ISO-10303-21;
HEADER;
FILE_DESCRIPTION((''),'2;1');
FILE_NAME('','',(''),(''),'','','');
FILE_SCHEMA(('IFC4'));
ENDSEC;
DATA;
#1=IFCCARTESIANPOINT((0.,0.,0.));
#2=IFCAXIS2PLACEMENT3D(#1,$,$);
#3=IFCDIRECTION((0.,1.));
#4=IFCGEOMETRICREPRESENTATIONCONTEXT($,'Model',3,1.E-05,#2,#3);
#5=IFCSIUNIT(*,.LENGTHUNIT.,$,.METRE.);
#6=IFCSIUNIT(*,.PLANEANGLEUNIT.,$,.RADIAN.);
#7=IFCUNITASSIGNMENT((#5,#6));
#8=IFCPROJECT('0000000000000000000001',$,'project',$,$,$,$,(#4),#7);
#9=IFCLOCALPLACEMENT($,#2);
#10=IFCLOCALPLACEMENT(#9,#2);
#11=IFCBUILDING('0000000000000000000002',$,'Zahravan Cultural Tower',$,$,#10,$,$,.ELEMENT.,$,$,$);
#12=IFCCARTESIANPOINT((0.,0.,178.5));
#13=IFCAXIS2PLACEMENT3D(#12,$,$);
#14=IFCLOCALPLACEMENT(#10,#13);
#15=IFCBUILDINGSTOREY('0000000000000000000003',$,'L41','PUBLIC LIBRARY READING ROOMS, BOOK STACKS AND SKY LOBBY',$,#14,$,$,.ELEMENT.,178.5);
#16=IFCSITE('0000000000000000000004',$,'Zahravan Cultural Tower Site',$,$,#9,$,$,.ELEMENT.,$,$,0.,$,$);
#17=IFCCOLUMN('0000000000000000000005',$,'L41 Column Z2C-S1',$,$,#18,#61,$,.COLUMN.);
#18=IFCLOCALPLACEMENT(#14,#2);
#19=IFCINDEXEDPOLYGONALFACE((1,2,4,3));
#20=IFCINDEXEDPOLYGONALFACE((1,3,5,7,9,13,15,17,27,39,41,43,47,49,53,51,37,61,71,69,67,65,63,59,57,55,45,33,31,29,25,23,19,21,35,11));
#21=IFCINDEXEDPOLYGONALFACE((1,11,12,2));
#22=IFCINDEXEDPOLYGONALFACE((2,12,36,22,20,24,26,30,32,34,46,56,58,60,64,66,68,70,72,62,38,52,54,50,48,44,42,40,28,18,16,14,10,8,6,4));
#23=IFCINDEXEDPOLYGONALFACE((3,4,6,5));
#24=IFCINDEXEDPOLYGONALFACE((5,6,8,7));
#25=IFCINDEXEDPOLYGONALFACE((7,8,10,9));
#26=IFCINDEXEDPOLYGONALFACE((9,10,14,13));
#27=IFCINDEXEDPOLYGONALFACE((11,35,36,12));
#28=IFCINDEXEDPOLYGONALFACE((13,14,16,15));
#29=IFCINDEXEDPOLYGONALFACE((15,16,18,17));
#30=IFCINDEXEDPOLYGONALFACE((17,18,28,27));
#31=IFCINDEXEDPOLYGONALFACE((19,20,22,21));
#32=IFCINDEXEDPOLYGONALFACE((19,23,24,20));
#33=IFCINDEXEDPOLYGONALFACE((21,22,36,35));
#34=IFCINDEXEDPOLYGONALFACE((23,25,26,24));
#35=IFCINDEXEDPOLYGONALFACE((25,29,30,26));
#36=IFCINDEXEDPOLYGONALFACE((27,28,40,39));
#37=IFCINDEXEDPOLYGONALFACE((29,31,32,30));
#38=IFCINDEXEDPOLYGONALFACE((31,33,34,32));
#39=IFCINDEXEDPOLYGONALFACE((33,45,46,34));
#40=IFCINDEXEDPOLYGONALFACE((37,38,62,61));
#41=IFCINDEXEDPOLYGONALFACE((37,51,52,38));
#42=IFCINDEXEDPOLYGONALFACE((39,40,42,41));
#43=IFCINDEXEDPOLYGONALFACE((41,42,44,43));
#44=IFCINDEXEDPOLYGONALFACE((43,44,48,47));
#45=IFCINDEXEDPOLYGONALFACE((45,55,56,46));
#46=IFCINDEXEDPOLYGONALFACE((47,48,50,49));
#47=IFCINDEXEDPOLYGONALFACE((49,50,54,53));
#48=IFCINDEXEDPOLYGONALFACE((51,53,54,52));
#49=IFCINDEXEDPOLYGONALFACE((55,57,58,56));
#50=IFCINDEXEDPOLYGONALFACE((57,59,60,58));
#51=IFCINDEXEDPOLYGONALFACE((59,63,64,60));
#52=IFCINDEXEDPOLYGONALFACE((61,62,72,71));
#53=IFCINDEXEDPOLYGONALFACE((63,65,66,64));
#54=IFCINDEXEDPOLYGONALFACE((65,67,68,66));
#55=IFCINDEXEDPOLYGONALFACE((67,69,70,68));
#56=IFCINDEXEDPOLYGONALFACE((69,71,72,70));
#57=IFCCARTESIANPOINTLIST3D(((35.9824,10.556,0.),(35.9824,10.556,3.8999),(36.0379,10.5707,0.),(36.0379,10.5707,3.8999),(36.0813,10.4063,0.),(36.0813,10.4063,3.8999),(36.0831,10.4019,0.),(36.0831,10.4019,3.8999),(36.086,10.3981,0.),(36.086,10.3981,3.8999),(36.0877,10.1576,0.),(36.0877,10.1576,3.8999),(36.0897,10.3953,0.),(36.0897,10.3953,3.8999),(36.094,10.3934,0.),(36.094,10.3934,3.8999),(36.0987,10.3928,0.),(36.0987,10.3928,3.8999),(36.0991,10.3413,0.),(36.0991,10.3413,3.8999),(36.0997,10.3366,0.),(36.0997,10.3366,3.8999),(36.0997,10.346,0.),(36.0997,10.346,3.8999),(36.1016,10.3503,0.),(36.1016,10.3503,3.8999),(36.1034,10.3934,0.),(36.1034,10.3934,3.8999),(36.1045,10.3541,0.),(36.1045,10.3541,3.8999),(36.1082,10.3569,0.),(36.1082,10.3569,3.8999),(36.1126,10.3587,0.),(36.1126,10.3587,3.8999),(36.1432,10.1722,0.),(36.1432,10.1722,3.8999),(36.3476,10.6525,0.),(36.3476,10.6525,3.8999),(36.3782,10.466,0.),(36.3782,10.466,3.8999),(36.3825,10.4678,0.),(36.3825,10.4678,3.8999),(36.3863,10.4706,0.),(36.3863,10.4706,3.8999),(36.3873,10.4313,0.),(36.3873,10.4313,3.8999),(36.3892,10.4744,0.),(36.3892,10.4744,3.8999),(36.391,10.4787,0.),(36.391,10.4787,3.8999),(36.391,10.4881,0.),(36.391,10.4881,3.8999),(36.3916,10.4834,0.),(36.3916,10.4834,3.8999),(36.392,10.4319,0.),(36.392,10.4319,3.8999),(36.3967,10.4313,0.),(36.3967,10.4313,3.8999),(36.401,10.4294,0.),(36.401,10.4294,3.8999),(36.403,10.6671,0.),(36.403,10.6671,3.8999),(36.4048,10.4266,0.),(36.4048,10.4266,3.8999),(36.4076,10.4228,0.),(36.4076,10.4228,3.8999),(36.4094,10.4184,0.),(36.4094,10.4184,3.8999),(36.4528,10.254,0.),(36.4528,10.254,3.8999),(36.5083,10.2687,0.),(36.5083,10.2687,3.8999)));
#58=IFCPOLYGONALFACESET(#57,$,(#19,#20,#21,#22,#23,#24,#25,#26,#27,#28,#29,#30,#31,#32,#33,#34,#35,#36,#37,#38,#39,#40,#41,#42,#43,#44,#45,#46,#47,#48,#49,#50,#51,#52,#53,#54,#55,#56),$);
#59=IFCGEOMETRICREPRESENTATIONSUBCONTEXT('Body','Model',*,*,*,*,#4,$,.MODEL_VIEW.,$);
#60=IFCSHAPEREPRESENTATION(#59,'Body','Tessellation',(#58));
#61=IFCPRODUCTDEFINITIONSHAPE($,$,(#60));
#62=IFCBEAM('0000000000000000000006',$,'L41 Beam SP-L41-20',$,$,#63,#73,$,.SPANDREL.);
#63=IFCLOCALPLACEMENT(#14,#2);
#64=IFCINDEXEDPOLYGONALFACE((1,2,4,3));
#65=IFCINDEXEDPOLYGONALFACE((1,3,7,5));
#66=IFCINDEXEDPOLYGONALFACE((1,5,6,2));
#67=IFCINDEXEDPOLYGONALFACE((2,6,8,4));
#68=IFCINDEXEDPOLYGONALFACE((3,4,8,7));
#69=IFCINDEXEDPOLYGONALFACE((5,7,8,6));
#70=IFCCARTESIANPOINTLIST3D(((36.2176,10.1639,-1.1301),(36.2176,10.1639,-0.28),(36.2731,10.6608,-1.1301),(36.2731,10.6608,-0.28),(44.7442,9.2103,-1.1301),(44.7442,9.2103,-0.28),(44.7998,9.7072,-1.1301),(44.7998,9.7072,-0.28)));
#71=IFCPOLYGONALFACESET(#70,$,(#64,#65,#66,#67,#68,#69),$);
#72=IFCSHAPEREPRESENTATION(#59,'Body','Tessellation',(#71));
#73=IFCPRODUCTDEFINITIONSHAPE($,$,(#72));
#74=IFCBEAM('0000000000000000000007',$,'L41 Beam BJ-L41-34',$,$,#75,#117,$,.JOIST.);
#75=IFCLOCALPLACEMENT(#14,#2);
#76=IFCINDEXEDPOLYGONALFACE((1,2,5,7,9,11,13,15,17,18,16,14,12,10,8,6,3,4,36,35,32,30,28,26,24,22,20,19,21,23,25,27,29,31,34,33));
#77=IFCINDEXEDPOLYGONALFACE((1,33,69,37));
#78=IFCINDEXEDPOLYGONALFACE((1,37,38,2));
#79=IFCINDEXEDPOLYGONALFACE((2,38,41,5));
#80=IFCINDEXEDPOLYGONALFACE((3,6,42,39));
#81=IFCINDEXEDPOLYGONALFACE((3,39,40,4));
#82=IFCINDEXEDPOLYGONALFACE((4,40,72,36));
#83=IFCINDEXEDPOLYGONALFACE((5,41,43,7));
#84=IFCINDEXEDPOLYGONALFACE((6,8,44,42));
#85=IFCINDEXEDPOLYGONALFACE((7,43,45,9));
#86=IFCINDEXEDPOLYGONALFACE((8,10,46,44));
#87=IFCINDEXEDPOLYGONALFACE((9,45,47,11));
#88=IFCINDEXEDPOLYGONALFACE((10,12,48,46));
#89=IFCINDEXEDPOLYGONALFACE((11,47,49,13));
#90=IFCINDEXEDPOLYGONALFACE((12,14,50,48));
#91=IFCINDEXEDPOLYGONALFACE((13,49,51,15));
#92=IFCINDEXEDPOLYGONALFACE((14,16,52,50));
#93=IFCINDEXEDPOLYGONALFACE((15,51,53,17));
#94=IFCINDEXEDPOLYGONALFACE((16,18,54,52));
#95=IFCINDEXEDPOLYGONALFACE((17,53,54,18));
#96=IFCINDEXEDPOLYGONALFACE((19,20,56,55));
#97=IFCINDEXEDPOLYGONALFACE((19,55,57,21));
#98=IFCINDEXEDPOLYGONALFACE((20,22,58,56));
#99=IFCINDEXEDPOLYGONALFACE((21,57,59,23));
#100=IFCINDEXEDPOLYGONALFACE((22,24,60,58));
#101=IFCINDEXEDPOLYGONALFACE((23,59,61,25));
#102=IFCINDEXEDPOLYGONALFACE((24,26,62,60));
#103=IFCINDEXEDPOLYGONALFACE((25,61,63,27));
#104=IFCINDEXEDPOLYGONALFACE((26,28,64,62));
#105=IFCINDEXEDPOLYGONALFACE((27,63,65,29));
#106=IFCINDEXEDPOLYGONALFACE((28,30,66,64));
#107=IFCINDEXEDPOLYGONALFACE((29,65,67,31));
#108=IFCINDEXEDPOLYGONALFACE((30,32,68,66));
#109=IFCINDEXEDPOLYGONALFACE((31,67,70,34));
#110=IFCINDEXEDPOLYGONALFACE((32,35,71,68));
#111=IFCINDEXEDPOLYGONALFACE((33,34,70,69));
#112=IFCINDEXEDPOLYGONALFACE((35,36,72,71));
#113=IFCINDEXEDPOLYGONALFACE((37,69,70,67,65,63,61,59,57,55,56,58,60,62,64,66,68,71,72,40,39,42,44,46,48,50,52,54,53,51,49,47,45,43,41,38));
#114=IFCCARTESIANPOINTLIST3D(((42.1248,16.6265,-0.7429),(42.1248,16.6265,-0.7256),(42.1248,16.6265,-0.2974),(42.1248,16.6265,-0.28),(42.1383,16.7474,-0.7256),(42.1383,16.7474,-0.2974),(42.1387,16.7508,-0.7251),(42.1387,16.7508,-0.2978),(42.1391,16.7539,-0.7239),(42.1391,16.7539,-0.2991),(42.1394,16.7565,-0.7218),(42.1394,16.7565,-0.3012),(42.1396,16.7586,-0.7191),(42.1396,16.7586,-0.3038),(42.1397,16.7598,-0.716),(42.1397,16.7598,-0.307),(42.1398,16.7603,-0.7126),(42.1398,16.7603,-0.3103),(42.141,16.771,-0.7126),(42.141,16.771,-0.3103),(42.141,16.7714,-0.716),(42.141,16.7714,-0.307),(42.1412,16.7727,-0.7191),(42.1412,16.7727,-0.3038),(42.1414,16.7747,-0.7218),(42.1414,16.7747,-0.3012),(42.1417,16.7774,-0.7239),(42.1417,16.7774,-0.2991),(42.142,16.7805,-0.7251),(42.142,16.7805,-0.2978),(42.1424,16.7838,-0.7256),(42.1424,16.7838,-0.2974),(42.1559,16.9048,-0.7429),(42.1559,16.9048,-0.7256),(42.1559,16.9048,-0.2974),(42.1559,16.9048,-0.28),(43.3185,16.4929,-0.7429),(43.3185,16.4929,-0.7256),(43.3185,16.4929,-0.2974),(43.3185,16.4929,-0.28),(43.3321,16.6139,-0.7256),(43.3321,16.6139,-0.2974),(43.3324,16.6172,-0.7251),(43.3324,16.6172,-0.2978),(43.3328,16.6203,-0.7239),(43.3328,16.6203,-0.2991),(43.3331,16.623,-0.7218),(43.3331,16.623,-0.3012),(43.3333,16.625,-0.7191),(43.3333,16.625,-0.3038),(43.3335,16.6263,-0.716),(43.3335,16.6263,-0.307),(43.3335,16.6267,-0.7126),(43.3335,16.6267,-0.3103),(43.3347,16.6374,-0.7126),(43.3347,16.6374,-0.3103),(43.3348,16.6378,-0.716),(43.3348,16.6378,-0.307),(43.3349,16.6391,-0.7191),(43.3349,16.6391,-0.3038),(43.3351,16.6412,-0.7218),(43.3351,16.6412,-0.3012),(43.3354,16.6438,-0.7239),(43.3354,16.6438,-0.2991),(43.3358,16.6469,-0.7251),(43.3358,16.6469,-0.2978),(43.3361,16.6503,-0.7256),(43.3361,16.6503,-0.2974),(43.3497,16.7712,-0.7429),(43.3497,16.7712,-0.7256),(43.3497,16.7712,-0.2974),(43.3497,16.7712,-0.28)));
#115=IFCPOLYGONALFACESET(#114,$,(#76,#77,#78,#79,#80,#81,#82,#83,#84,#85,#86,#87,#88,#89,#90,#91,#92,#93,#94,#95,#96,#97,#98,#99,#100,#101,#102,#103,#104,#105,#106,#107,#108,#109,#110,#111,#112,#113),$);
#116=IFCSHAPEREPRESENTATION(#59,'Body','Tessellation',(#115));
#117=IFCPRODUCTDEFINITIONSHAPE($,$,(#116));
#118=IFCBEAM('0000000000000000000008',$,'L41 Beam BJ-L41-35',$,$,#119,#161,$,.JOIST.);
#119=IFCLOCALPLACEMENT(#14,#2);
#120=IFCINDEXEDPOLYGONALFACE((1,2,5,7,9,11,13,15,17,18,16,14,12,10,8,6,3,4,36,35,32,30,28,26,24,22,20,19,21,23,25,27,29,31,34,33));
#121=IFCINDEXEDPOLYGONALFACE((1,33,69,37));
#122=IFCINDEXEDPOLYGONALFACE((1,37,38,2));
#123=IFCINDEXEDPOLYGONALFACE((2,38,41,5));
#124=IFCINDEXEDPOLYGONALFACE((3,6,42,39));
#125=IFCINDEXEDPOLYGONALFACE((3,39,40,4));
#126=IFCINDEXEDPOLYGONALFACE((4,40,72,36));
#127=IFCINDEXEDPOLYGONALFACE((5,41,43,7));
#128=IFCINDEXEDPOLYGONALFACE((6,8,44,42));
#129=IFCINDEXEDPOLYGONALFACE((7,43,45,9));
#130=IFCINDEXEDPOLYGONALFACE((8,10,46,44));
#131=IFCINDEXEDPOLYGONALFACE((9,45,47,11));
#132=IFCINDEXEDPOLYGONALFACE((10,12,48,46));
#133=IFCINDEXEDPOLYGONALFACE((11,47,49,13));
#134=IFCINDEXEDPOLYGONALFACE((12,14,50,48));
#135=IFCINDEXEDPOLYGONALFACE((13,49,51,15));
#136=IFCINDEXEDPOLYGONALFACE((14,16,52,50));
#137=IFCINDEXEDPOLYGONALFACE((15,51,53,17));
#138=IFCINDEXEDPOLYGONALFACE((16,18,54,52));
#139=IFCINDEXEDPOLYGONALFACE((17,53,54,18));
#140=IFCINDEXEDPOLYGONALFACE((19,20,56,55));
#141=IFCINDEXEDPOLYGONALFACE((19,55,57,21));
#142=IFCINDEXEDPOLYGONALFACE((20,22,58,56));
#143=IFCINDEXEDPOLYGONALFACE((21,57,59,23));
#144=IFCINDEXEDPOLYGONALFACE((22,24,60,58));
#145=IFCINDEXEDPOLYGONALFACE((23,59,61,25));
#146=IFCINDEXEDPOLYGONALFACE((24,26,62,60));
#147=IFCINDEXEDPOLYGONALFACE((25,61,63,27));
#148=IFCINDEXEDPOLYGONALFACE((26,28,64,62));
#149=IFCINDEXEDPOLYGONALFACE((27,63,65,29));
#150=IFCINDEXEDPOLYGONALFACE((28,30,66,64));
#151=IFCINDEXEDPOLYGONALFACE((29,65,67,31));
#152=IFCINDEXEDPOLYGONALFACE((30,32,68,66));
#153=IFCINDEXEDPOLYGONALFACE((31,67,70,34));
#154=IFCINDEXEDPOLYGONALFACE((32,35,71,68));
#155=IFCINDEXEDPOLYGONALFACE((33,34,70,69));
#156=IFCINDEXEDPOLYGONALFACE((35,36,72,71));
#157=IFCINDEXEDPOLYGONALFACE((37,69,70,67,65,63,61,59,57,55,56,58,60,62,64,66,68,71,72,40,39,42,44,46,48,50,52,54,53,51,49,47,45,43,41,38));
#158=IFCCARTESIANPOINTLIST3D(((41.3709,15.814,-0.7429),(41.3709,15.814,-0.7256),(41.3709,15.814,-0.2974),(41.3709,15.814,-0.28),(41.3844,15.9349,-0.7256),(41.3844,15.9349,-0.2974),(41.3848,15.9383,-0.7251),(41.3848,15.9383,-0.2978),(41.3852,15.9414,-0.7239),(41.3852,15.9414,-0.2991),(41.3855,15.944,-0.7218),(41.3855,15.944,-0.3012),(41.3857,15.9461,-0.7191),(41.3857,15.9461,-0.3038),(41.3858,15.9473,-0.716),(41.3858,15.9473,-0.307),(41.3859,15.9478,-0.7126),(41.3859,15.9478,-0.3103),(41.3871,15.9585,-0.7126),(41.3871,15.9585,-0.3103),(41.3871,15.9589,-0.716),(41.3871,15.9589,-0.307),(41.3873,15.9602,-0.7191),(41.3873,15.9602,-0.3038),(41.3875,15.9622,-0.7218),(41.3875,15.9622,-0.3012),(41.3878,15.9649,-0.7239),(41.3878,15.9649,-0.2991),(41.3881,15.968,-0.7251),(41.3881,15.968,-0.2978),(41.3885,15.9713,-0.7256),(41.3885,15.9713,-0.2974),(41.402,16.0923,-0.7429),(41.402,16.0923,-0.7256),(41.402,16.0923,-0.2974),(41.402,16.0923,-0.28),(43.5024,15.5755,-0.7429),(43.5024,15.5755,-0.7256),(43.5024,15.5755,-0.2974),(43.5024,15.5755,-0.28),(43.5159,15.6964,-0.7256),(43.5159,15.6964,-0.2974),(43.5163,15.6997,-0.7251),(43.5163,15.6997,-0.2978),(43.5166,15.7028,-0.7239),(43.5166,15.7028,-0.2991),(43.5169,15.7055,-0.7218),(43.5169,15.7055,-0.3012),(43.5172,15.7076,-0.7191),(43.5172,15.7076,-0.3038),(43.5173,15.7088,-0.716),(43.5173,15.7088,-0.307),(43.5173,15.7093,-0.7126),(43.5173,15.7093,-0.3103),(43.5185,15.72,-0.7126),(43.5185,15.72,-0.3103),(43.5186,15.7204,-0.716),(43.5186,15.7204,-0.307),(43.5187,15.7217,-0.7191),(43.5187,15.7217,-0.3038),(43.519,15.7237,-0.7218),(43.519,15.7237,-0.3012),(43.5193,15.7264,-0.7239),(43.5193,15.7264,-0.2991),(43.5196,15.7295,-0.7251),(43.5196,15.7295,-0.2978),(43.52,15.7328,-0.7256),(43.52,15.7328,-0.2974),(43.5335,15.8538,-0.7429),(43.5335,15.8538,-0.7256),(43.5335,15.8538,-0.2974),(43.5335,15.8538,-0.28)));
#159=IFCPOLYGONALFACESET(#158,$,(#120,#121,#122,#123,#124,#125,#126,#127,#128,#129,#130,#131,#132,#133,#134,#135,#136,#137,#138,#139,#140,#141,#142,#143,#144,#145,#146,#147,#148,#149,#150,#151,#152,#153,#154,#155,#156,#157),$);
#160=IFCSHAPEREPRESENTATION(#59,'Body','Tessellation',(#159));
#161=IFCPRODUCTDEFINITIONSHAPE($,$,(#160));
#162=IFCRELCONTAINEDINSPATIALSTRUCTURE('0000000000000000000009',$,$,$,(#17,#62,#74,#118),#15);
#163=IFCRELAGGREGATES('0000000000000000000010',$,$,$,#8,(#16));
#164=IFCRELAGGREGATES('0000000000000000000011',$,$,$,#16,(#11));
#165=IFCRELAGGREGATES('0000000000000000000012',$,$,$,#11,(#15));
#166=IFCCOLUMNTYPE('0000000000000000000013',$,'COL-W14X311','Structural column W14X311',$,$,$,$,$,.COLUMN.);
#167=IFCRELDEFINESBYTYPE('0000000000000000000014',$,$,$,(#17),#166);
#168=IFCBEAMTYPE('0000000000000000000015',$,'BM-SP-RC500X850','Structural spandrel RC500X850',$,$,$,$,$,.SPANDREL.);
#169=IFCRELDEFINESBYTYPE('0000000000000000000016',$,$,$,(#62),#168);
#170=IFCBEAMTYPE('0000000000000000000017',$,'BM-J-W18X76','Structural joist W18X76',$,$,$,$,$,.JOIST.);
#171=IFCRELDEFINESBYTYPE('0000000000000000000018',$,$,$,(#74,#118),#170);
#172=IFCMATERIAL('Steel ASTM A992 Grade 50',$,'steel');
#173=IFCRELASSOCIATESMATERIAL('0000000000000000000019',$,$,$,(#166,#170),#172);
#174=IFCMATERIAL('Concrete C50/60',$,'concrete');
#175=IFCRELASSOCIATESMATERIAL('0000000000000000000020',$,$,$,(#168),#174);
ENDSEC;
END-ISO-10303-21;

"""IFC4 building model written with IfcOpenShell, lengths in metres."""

from ifc_helpers import new_model, si_unit, direction, frame, origin, origin_2d, place, context, subcontext, project, spatial, rectangle, i_section, extrude, source, transform, mapped, material, material_profile, profile_set, type_object, element, save


model = new_model("IFC4")

# Units and contexts
model_context = context("Model", 3, precision=1e-05, world=origin(), true_north=direction((0.0, 1.0)))
body_context = subcontext(model_context, "Body", "Model", "MODEL_VIEW")
ifc_project = project(units=[si_unit("LENGTHUNIT", "METRE"), si_unit("PLANEANGLEUNIT", "RADIAN")], contexts=[model_context])

# Site, building, storey
site_placement = place(None, origin())
site = spatial("IfcSite", under=ifc_project, at=site_placement, Name="Zahravan Cultural Tower Site", CompositionType="ELEMENT", RefElevation=0.0)
building_placement = place(site_placement, origin())
building = spatial("IfcBuilding", under=site, at=building_placement, Name="Zahravan Cultural Tower", CompositionType="ELEMENT")
storey_placement = place(building_placement, frame((0.0, 0.0, 178.5)))
storey = spatial("IfcBuildingStorey", under=building, at=storey_placement, Name="L41", Description="PUBLIC LIBRARY READING ROOMS, BOOK STACKS AND SKY LOBBY", CompositionType="ELEMENT", Elevation=178.5)

# Column
ifc_material_1 = material(Name="Steel ASTM A992 Grade 50", Category="steel")
ifc_material_profile_1 = material_profile(ifc_material_1, i_section(OverallWidth=0.4121, OverallDepth=0.4351, WebThickness=0.0359, FlangeThickness=0.0574, FilletRadius=0.0181, at=origin_2d()), Name="W14X311")
ifc_profile_set_1 = profile_set([ifc_material_profile_1], Name="Steel ASTM A992 Grade 50")
column_type = type_object("IfcColumnType", Name="COL-W14X311", Description="Structural column W14X311", PredefinedType="COLUMN", material=ifc_profile_set_1)
shared_shape_1 = source(origin(), body_context, "Body", "SweptSolid", [
    extrude(i_section(OverallWidth=0.4121, OverallDepth=0.4351, WebThickness=0.0359, FlangeThickness=0.0574, FilletRadius=0.0181, at=origin_2d()), origin(), (0.0, 0.0, 1.0), 3.8999),
])
column_placement = place(storey_placement, frame((36.2454, 10.4124, 0.0), z_axis=(0.0, 0.0, 1.0), x_axis=(-0.255446, 0.966823, 0.0)))
element("IfcColumn", 1, at=column_placement, inside=storey, type_object=column_type, Name="L41 Column Z2C-S1", PredefinedType="COLUMN", context=body_context, shape_type="MappedRepresentation", body=[
    mapped(shared_shape_1, transform((0.0, 0.0, 0.0), x_axis=(1.0, 0.0, 0.0), y_axis=(0.0, 1.0, 0.0), z_axis=(0.0, 0.0, 1.0), scale=1.0)),
])

# Beams
ifc_material_2 = material(Name="Concrete C50/60", Category="concrete")
ifc_material_profile_2 = material_profile(ifc_material_2, rectangle(XDim=0.5, YDim=0.8501, at=origin_2d()), Name="RC500X850")
ifc_profile_set_2 = profile_set([ifc_material_profile_2], Name="Concrete C50/60")
beam_type_1 = type_object("IfcBeamType", Name="BM-SP-RC500X850", Description="Structural spandrel RC500X850", PredefinedType="SPANDREL", material=ifc_profile_set_2)
shared_shape_2 = source(origin(), body_context, "Body", "SweptSolid", [
    extrude(rectangle(XDim=0.5, YDim=0.8501, at=origin_2d()), origin(), (0.0, 0.0, 1.0), 8.5798),
])
beam_1_placement = place(storey_placement, frame((36.2454, 10.4124, -0.7051), z_axis=(0.993804, -0.111147, 0.0), x_axis=(0.111147, 0.993804, 0.0)))
element("IfcBeam", 2, at=beam_1_placement, inside=storey, type_object=beam_type_1, Name="L41 Beam SP-L41-20", PredefinedType="SPANDREL", context=body_context, shape_type="MappedRepresentation", body=[
    mapped(shared_shape_2, transform((0.0, 0.0, 0.0), x_axis=(1.0, 0.0, 0.0), y_axis=(0.0, 1.0, 0.0), z_axis=(0.0, 0.0, 1.0), scale=1.0)),
])
ifc_material_profile_3 = material_profile(ifc_material_1, i_section(OverallWidth=0.28, OverallDepth=0.4629, WebThickness=0.0107, FlangeThickness=0.0173, FilletRadius=0.0129, at=origin_2d()), Name="W18X76")
ifc_profile_set_3 = profile_set([ifc_material_profile_3], Name="Steel ASTM A992 Grade 50")
beam_type_2 = type_object("IfcBeamType", Name="BM-J-W18X76", Description="Structural joist W18X76", PredefinedType="JOIST", material=ifc_profile_set_3)
shared_shape_3 = source(origin(), body_context, "Body", "SweptSolid", [
    extrude(i_section(OverallWidth=0.28, OverallDepth=0.4629, WebThickness=0.0107, FlangeThickness=0.0173, FilletRadius=0.0129, at=origin_2d()), origin(), (0.0, 0.0, 1.0), 1.2012),
])
beam_2_placement = place(storey_placement, frame((42.1404, 16.7656, -0.5115), z_axis=(0.993799, -0.11119, 0.0), x_axis=(0.11119, 0.993799, 0.0)))
element("IfcBeam", 3, at=beam_2_placement, inside=storey, type_object=beam_type_2, Name="L41 Beam BJ-L41-34", PredefinedType="JOIST", context=body_context, shape_type="MappedRepresentation", body=[
    mapped(shared_shape_3, transform((0.0, 0.0, 0.0), x_axis=(1.0, 0.0, 0.0), y_axis=(0.0, 1.0, 0.0), z_axis=(0.0, 0.0, 1.0), scale=1.0)),
])
shared_shape_4 = source(origin(), body_context, "Body", "SweptSolid", [
    extrude(i_section(OverallWidth=0.28, OverallDepth=0.4629, WebThickness=0.0107, FlangeThickness=0.0173, FilletRadius=0.0129, at=origin_2d()), origin(), (0.0, 0.0, 1.0), 2.1448),
])
beam_3_placement = place(storey_placement, frame((41.3865, 15.9531, -0.5115), z_axis=(0.993797, -0.111206, 0.0), x_axis=(0.111206, 0.993797, 0.0)))
element("IfcBeam", 4, at=beam_3_placement, inside=storey, type_object=beam_type_2, Name="L41 Beam BJ-L41-35", PredefinedType="JOIST", context=body_context, shape_type="MappedRepresentation", body=[
    mapped(shared_shape_4, transform((0.0, 0.0, 0.0), x_axis=(1.0, 0.0, 0.0), y_axis=(0.0, 1.0, 0.0), z_axis=(0.0, 0.0, 1.0), scale=1.0)),
])

save(model, "model.ifc")
